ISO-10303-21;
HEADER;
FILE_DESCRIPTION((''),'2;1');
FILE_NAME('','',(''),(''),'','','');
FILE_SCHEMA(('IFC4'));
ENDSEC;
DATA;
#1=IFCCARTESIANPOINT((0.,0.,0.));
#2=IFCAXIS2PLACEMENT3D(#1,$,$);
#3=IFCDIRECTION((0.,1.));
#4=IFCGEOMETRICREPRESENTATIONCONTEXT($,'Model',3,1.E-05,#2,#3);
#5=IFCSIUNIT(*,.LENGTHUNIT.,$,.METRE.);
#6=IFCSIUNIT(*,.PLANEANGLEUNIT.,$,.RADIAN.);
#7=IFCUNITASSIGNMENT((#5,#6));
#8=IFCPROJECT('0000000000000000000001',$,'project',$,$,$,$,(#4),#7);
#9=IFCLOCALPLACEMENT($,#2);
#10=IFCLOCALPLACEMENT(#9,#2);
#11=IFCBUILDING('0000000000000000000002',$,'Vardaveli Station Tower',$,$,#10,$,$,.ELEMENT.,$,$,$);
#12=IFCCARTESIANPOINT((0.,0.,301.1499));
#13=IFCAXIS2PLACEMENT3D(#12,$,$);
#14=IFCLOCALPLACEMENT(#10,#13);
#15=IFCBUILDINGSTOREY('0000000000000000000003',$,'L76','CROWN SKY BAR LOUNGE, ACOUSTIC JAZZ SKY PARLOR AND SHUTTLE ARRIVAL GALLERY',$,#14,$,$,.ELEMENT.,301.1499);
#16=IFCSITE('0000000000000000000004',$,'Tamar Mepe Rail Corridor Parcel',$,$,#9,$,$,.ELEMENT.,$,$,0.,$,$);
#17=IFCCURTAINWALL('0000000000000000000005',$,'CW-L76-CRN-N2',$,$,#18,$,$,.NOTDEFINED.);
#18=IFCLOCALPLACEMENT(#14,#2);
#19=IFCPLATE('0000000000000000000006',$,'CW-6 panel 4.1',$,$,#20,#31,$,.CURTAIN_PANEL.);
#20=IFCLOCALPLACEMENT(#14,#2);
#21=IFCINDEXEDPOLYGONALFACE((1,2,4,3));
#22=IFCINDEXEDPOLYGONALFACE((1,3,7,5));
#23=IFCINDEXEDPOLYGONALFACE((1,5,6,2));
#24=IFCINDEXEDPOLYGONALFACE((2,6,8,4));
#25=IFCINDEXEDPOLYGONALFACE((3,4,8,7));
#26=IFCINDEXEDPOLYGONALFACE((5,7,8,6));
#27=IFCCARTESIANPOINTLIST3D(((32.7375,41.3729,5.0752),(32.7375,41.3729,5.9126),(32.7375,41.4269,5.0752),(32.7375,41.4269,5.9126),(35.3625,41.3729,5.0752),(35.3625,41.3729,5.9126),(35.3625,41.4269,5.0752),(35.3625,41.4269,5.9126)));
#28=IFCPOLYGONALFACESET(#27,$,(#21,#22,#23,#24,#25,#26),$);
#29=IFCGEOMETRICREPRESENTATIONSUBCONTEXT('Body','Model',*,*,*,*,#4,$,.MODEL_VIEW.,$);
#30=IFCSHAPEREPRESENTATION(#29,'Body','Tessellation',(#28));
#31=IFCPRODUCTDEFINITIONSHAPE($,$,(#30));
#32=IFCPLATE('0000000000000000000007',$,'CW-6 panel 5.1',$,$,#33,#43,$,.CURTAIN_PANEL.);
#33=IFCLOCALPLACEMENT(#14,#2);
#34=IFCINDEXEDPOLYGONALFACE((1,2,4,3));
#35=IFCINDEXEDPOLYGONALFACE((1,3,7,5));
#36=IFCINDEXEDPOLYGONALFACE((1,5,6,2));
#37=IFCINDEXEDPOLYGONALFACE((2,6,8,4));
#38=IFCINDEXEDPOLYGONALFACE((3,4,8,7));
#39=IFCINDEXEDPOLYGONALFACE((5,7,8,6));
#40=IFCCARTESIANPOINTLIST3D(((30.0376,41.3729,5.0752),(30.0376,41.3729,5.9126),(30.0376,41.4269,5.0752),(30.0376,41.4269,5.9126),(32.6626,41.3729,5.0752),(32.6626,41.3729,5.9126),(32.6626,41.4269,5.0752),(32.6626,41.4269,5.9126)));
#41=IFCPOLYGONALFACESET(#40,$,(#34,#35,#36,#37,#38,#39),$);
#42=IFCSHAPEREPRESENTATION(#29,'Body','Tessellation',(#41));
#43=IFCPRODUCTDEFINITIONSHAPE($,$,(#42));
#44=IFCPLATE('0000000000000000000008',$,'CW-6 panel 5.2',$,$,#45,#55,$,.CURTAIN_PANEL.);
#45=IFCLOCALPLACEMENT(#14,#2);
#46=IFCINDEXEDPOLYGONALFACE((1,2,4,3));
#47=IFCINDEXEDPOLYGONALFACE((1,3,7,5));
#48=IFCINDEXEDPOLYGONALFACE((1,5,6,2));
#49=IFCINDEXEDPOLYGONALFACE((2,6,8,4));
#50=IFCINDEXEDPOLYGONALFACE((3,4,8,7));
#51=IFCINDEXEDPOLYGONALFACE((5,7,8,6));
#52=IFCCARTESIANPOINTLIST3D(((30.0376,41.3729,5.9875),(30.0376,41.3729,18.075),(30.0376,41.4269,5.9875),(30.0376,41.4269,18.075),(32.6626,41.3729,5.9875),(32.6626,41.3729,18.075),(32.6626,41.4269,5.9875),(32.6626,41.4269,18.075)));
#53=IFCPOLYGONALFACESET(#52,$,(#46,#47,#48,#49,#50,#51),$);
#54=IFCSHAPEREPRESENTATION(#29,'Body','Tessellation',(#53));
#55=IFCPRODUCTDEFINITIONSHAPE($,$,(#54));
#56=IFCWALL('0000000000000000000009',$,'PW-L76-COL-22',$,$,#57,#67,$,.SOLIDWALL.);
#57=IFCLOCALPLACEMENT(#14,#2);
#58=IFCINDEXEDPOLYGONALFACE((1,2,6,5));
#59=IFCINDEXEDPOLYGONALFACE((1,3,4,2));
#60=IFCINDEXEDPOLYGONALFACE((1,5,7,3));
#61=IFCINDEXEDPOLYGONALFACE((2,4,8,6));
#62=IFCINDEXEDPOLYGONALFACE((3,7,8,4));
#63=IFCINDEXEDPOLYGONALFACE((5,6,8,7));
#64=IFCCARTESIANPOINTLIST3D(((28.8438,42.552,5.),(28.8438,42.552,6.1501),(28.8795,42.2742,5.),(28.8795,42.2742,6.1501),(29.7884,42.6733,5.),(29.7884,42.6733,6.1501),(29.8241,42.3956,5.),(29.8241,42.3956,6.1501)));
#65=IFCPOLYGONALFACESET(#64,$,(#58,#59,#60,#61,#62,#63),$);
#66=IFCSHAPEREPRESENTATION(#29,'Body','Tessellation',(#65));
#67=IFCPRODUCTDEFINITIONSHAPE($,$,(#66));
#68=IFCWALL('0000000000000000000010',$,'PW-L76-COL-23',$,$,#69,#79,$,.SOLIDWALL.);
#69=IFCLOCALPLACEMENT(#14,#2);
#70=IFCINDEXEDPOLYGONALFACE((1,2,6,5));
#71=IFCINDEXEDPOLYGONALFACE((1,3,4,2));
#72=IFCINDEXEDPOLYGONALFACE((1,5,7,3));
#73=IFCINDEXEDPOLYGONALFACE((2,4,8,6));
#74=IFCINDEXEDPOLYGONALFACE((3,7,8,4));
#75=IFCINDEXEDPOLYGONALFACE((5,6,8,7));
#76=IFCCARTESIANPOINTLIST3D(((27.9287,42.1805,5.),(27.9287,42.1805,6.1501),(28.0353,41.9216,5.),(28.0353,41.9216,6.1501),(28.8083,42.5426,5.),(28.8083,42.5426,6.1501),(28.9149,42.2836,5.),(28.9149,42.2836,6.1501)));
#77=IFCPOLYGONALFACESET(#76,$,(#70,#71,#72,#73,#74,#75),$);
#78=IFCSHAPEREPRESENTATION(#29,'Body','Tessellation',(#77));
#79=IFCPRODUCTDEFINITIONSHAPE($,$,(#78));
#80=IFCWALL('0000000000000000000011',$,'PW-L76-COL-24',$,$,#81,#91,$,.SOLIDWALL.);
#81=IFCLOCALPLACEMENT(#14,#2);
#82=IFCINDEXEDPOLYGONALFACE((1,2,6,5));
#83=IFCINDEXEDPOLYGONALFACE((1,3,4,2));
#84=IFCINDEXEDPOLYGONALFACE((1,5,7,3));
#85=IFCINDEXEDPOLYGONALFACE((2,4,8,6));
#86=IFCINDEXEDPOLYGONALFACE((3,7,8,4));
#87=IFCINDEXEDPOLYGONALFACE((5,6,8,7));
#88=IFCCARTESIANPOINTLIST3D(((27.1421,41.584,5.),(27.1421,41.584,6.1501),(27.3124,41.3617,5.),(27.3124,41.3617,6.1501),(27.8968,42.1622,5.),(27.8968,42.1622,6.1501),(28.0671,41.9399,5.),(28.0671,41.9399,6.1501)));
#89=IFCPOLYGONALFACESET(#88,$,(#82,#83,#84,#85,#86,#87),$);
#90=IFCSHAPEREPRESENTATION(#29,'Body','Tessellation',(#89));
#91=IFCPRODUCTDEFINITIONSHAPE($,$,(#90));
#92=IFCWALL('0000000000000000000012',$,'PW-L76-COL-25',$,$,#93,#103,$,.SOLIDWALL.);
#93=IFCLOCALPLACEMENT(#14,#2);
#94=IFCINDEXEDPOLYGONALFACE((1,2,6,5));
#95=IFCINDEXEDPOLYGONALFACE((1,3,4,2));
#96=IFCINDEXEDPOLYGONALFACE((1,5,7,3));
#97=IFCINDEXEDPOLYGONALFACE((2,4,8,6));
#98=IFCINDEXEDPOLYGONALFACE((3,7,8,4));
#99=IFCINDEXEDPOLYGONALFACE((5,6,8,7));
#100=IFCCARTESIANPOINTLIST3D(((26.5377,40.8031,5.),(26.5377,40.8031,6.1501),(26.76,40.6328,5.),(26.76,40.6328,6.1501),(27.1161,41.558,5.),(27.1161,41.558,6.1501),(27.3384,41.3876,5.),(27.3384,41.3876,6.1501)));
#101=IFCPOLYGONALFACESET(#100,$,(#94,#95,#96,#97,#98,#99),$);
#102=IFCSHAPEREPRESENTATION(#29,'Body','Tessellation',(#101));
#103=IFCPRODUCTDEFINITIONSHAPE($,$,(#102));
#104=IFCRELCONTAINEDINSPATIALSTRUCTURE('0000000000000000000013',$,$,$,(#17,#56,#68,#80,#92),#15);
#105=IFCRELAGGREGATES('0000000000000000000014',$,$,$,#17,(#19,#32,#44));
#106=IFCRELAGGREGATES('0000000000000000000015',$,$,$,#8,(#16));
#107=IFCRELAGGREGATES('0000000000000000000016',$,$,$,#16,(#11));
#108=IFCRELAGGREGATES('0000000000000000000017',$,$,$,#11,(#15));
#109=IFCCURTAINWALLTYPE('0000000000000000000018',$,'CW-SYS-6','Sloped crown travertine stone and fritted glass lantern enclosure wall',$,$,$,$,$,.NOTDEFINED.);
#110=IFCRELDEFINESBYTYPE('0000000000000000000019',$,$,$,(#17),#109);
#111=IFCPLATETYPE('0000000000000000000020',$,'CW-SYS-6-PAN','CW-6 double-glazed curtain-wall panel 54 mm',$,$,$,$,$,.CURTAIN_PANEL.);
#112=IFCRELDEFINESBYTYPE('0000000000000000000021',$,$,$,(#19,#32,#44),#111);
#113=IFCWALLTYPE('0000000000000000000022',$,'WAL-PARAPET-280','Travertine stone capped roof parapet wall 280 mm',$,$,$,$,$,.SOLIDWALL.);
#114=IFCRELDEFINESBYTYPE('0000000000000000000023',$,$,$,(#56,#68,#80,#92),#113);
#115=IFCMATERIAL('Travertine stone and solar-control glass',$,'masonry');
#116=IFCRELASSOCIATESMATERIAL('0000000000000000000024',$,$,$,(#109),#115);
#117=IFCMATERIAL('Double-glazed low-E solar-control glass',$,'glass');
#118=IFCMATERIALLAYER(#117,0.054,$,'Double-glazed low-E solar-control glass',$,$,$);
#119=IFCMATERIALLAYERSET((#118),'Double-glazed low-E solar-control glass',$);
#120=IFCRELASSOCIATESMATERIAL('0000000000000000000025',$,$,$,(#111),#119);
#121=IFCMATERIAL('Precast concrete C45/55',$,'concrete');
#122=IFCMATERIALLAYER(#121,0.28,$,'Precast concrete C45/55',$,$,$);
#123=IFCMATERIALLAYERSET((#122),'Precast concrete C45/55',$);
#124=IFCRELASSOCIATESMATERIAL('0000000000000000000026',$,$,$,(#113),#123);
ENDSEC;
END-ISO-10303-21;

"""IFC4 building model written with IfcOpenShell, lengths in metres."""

from ifc_helpers import new_model, si_unit, direction, frame, frame_2d, origin, origin_2d, place, context, subcontext, project, spatial, rectangle, extrude, source, transform, mapped, material, layer, layer_set, type_object, element, aggregate, save


model = new_model("IFC4")

# Units and contexts
model_context = context("Model", 3, precision=1e-05, world=origin(), true_north=direction((0.0, 1.0)))
body_context = subcontext(model_context, "Body", "Model", "MODEL_VIEW")
ifc_project = project(units=[si_unit("LENGTHUNIT", "METRE"), si_unit("PLANEANGLEUNIT", "RADIAN")], contexts=[model_context])

# Site, building, storey
site_placement = place(None, origin())
site = spatial("IfcSite", under=ifc_project, at=site_placement, Name="Tamar Mepe Rail Corridor Parcel", CompositionType="ELEMENT", RefElevation=0.0)
building_placement = place(site_placement, origin())
building = spatial("IfcBuilding", under=site, at=building_placement, Name="Vardaveli Station Tower", CompositionType="ELEMENT")
storey_placement = place(building_placement, frame((0.0, 0.0, 301.1499)))
storey = spatial("IfcBuildingStorey", under=building, at=storey_placement, Name="L76", Description="CROWN SKY BAR LOUNGE, ACOUSTIC JAZZ SKY PARLOR AND SHUTTLE ARRIVAL GALLERY", CompositionType="ELEMENT", Elevation=301.1499)

# Curtain wall
ifc_material_1 = material(Name="Travertine stone and solar-control glass", Category="masonry")
curtain_wall_type = type_object("IfcCurtainWallType", Name="CW-SYS-6", Description="Sloped crown travertine stone and fritted glass lantern enclosure wall", PredefinedType="NOTDEFINED", material=ifc_material_1)
curtain_wall_1_placement = place(storey_placement, origin())
curtain_wall_1 = element("IfcCurtainWall", 1, at=curtain_wall_1_placement, inside=storey, type_object=curtain_wall_type, Name="CW-L76-CRN-N2", PredefinedType="NOTDEFINED")

# Plates
ifc_material_2 = material(Name="Double-glazed low-E solar-control glass", Category="glass")
ifc_layer_1 = layer(ifc_material_2, 0.054, Name="Double-glazed low-E solar-control glass")
ifc_layer_set_1 = layer_set([ifc_layer_1], Name="Double-glazed low-E solar-control glass")
plate_type = type_object("IfcPlateType", Name="CW-SYS-6-PAN", Description="CW-6 double-glazed curtain-wall panel 54 mm", PredefinedType="CURTAIN_PANEL", material=ifc_layer_set_1)
shared_shape_1 = source(origin(), body_context, "Body", "SweptSolid", [
    extrude(rectangle(XDim=2.625, YDim=0.054, at=origin_2d()), origin(), (0.0, 0.0, 1.0), 0.8374),
])
plate_1_placement = place(storey_placement, frame((34.05, 41.3999, 5.0752), z_axis=(0.0, 0.0, 1.0), x_axis=(-1.0, 0.0, 0.0)))
plate_1 = element("IfcPlate", 2, at=plate_1_placement, type_object=plate_type, Name="CW-6 panel 4.1", PredefinedType="CURTAIN_PANEL", context=body_context, shape_type="MappedRepresentation", body=[
    mapped(shared_shape_1, transform((0.0, 0.0, 0.0), scale=1.0)),
])
plate_2_placement = place(storey_placement, frame((31.3501, 41.3999, 5.0752), z_axis=(0.0, 0.0, 1.0), x_axis=(-1.0, 0.0, 0.0)))
plate_2 = element("IfcPlate", 3, at=plate_2_placement, type_object=plate_type, Name="CW-6 panel 5.1", PredefinedType="CURTAIN_PANEL", context=body_context, shape_type="MappedRepresentation", body=[
    mapped(shared_shape_1, transform((0.0, 0.0, 0.0), scale=1.0)),
])
shared_shape_2 = source(origin(), body_context, "Body", "SweptSolid", [
    extrude(rectangle(XDim=2.625, YDim=0.054, at=origin_2d()), origin(), (0.0, 0.0, 1.0), 12.0874),
])
plate_3_placement = place(storey_placement, frame((31.3501, 41.3999, 5.9875), z_axis=(0.0, 0.0, 1.0), x_axis=(-1.0, 0.0, 0.0)))
plate_3 = element("IfcPlate", 4, at=plate_3_placement, type_object=plate_type, Name="CW-6 panel 5.2", PredefinedType="CURTAIN_PANEL", context=body_context, shape_type="MappedRepresentation", body=[
    mapped(shared_shape_2, transform((0.0, 0.0, 0.0), scale=1.0)),
])
aggregate(curtain_wall_1, [plate_1, plate_2, plate_3])

# Walls
ifc_material_3 = material(Name="Precast concrete C45/55", Category="concrete")
ifc_layer_2 = layer(ifc_material_3, 0.28, Name="Precast concrete C45/55")
ifc_layer_set_2 = layer_set([ifc_layer_2], Name="Precast concrete C45/55")
wall_type = type_object("IfcWallType", Name="WAL-PARAPET-280", Description="Travertine stone capped roof parapet wall 280 mm", PredefinedType="SOLIDWALL", material=ifc_layer_set_2)
shared_shape_3 = source(origin(), body_context, "Body", "SweptSolid", [
    extrude(rectangle(XDim=0.9524, YDim=0.28, at=frame_2d((0.4761, 0.0))), origin(), (0.0, 0.0, 1.0), 1.1501),
])
wall_1_placement = place(storey_placement, frame((29.8062, 42.5344, 5.0), z_axis=(0.0, 0.0, 1.0), x_axis=(-0.99185, -0.12741, 0.0)))
element("IfcWall", 5, at=wall_1_placement, inside=storey, type_object=wall_type, Name="PW-L76-COL-22", PredefinedType="SOLIDWALL", context=body_context, shape_type="MappedRepresentation", body=[
    mapped(shared_shape_3, transform((0.0, 0.0, 0.0), scale=1.0)),
])
shared_shape_4 = source(origin(), body_context, "Body", "SweptSolid", [
    extrude(rectangle(XDim=0.9512, YDim=0.28, at=frame_2d((0.4756, 0.0))), origin(), (0.0, 0.0, 1.0), 1.1501),
])
wall_2_placement = place(storey_placement, frame((28.8616, 42.4131, 5.0), z_axis=(0.0, 0.0, 1.0), x_axis=(-0.924731, -0.380621, 0.0)))
element("IfcWall", 6, at=wall_2_placement, inside=storey, type_object=wall_type, Name="PW-L76-COL-23", PredefinedType="SOLIDWALL", context=body_context, shape_type="MappedRepresentation", body=[
    mapped(shared_shape_4, transform((0.0, 0.0, 0.0), scale=1.0)),
])
shared_shape_5 = source(origin(), body_context, "Body", "SweptSolid", [
    extrude(rectangle(XDim=0.9507, YDim=0.28, at=frame_2d((0.4753, 0.0))), origin(), (0.0, 0.0, 1.0), 1.1501),
])
wall_3_placement = place(storey_placement, frame((27.9819, 42.051, 5.0), z_axis=(0.0, 0.0, 1.0), x_axis=(-0.793825, -0.608146, 0.0)))
element("IfcWall", 7, at=wall_3_placement, inside=storey, type_object=wall_type, Name="PW-L76-COL-24", PredefinedType="SOLIDWALL", context=body_context, shape_type="MappedRepresentation", body=[
    mapped(shared_shape_5, transform((0.0, 0.0, 0.0), scale=1.0)),
])
shared_shape_6 = source(origin(), body_context, "Body", "SweptSolid", [
    extrude(rectangle(XDim=0.9509, YDim=0.28, at=frame_2d((0.4756, 0.0))), origin(), (0.0, 0.0, 1.0), 1.1501),
])
wall_4_placement = place(storey_placement, frame((27.2273, 41.4729, 5.0), z_axis=(0.0, 0.0, 1.0), x_axis=(-0.608184, -0.793796, 0.0)))
element("IfcWall", 8, at=wall_4_placement, inside=storey, type_object=wall_type, Name="PW-L76-COL-25", PredefinedType="SOLIDWALL", context=body_context, shape_type="MappedRepresentation", body=[
    mapped(shared_shape_6, transform((0.0, 0.0, 0.0), scale=1.0)),
])

save(model, "model.ifc")
